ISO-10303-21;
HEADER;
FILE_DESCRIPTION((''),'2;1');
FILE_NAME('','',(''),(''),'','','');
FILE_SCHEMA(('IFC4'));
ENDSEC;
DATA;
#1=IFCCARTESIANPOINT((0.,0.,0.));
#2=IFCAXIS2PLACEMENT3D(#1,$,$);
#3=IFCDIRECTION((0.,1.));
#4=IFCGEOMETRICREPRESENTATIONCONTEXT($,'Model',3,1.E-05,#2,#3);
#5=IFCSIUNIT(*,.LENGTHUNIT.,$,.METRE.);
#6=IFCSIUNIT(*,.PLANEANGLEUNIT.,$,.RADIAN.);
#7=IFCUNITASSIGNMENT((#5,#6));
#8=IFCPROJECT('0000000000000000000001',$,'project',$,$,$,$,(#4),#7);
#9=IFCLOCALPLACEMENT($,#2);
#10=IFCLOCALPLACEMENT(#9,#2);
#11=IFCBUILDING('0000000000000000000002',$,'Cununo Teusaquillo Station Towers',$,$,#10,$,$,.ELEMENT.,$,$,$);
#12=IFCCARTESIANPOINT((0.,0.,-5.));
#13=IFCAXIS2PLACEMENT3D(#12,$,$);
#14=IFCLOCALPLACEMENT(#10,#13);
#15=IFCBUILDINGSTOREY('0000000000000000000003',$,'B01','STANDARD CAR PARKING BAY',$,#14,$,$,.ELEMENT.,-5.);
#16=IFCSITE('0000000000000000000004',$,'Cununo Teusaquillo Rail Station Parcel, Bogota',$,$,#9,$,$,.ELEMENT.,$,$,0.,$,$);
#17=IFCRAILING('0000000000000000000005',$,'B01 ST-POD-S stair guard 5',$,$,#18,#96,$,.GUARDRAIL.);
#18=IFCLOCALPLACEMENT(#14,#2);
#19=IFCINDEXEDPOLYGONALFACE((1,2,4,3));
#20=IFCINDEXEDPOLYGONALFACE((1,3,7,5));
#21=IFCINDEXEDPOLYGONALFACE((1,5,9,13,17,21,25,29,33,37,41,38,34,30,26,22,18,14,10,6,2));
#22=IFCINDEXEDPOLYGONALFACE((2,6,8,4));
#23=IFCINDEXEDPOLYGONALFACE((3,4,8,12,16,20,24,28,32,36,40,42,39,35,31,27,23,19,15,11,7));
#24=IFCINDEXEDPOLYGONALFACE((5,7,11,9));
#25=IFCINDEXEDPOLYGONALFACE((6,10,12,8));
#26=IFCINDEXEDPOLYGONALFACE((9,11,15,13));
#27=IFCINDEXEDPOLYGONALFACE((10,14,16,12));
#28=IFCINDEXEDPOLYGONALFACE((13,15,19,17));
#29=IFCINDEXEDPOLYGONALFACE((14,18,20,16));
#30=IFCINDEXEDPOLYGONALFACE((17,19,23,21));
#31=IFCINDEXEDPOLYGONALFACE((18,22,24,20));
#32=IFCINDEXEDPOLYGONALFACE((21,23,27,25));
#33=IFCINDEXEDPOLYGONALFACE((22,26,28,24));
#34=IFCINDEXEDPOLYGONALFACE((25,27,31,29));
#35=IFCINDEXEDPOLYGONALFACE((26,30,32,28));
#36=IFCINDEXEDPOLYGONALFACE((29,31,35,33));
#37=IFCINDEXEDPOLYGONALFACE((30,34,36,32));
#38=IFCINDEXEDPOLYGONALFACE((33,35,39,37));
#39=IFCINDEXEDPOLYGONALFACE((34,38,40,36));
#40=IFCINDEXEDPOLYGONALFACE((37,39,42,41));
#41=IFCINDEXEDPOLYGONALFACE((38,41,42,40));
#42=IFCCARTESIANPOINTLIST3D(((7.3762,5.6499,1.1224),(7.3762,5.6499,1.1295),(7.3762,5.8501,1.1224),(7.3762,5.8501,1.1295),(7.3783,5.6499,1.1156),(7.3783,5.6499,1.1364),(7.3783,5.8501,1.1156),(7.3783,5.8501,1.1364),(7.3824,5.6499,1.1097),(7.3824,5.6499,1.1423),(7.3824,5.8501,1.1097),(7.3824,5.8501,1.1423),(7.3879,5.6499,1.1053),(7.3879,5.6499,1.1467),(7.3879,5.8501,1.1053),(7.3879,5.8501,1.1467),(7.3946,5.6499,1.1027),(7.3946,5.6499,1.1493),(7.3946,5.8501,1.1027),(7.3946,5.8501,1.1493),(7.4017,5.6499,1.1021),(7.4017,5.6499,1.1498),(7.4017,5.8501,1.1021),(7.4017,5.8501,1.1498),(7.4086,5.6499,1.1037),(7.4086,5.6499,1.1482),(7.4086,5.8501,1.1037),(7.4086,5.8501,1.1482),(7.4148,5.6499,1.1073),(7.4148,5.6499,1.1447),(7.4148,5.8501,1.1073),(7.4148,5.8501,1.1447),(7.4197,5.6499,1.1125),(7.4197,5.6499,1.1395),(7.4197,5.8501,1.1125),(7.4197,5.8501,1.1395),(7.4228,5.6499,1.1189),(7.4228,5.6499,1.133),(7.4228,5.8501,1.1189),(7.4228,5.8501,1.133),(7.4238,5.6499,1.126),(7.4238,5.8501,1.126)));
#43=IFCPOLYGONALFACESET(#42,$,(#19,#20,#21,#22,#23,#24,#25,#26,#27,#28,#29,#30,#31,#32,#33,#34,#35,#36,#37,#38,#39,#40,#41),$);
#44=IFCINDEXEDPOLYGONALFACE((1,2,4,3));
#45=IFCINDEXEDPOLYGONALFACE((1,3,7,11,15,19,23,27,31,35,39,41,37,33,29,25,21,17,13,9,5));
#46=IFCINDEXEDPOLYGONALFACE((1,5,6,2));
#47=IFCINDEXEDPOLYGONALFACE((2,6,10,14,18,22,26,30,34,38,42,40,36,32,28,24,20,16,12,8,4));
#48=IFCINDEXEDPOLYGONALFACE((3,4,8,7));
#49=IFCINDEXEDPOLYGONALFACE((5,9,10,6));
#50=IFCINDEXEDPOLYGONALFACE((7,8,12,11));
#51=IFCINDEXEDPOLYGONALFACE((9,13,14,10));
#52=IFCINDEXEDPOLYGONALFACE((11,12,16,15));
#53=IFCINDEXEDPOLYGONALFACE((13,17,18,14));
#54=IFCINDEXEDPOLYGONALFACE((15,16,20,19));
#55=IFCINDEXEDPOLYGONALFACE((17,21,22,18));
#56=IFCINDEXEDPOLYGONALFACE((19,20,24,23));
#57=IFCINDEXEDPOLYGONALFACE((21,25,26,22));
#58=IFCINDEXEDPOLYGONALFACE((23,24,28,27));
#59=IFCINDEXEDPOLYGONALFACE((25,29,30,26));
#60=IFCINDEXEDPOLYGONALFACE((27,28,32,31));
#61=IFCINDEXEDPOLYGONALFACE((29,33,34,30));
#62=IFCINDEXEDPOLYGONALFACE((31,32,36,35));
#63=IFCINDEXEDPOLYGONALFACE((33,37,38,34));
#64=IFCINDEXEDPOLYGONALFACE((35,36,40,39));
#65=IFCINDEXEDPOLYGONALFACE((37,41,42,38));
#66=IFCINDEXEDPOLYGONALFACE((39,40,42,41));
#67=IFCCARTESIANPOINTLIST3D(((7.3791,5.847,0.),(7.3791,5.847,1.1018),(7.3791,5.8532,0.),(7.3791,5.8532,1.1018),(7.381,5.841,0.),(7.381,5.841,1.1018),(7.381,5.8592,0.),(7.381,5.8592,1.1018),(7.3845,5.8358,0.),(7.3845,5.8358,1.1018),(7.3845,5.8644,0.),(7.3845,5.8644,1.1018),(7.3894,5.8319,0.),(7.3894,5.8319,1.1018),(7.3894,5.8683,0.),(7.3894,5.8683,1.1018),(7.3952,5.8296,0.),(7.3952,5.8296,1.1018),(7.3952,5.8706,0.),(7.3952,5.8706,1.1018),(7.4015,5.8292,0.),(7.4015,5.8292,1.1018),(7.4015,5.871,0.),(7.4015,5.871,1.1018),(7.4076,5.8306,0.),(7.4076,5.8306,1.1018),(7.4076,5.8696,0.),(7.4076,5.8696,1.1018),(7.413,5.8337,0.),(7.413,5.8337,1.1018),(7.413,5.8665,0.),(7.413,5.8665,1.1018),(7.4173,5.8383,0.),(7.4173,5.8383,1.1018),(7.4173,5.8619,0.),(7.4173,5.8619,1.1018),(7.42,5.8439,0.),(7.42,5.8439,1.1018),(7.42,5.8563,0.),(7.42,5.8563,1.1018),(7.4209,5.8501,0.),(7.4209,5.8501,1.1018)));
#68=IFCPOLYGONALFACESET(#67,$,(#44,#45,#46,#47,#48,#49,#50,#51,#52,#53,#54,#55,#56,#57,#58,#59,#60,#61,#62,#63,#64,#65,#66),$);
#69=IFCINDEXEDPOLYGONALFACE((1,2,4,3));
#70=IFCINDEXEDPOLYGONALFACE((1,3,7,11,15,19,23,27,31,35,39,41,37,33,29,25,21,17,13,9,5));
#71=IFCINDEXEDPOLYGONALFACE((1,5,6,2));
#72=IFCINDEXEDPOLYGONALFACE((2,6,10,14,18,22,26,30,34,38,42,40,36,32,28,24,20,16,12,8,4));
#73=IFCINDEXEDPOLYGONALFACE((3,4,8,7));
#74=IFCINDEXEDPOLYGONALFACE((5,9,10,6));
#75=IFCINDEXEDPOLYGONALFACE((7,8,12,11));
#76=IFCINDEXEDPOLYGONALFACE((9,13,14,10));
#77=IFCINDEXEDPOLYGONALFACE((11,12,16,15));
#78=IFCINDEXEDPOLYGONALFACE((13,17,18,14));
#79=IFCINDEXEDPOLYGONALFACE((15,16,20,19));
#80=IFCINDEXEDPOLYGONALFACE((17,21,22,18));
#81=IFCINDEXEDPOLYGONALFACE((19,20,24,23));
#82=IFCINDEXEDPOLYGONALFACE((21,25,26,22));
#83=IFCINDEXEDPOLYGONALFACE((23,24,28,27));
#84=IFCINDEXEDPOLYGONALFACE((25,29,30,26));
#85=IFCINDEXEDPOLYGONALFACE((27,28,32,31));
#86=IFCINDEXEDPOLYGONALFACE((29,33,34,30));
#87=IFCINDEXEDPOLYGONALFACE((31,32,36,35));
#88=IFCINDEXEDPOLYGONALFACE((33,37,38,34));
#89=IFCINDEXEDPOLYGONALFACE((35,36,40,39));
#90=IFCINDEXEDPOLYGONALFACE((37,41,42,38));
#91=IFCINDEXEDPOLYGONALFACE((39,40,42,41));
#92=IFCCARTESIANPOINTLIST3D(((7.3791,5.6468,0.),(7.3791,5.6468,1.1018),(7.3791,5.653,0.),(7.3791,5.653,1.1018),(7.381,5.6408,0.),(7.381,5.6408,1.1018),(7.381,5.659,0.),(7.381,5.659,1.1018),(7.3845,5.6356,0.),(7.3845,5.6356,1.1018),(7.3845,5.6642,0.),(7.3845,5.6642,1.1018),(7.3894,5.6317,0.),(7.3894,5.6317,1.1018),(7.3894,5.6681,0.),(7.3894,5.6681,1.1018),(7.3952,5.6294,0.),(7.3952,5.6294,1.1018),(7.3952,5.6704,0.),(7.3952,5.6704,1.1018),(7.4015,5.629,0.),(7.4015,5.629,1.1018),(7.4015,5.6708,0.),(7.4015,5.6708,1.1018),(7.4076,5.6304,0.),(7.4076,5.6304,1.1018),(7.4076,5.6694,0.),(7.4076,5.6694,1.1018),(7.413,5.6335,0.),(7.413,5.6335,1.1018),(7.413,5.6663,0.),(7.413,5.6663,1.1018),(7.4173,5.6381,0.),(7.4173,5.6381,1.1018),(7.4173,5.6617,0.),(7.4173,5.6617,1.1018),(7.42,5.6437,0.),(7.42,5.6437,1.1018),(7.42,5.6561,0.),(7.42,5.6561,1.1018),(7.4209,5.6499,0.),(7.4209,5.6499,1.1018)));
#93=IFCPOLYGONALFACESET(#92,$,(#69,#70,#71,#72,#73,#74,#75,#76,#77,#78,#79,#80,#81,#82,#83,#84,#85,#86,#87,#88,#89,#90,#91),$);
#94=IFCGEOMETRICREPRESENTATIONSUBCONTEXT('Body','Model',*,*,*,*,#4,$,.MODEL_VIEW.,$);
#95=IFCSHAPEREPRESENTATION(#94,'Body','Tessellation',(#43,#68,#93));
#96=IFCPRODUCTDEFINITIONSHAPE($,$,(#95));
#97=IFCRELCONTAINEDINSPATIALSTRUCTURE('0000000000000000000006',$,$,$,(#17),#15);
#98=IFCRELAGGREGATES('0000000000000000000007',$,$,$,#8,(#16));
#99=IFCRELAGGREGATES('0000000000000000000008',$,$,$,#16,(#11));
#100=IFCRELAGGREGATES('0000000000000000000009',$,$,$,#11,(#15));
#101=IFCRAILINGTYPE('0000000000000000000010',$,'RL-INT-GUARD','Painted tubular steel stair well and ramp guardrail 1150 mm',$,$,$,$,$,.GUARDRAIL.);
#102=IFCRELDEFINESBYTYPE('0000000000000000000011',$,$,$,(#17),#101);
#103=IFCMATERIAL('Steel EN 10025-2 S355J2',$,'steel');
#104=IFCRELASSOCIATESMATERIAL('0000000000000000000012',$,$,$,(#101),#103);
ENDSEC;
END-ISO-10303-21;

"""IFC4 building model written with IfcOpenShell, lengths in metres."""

from ifc_helpers import new_model, si_unit, direction, frame, origin, origin_2d, place, context, subcontext, project, spatial, circle, extrude, material, type_object, element, save


model = new_model("IFC4")

# Units and contexts
model_context = context("Model", 3, precision=1e-05, world=origin(), true_north=direction((0.0, 1.0)))
body_context = subcontext(model_context, "Body", "Model", "MODEL_VIEW")
ifc_project = project(units=[si_unit("LENGTHUNIT", "METRE"), si_unit("PLANEANGLEUNIT", "RADIAN")], contexts=[model_context])

# Site, building, storey
site_placement = place(None, origin())
site = spatial("IfcSite", under=ifc_project, at=site_placement, Name="Cununo Teusaquillo Rail Station Parcel, Bogota", CompositionType="ELEMENT", RefElevation=0.0)
building_placement = place(site_placement, origin())
building = spatial("IfcBuilding", under=site, at=building_placement, Name="Cununo Teusaquillo Station Towers", CompositionType="ELEMENT")
storey_placement = place(building_placement, frame((0.0, 0.0, -5.0)))
storey = spatial("IfcBuildingStorey", under=building, at=storey_placement, Name="B01", Description="STANDARD CAR PARKING BAY", CompositionType="ELEMENT", Elevation=-5.0)

# Railing
ifc_material_1 = material(Name="Steel EN 10025-2 S355J2", Category="steel")
railing_type_1 = type_object("IfcRailingType", Name="RL-INT-GUARD", Description="Painted tubular steel stair well and ramp guardrail 1150 mm", PredefinedType="GUARDRAIL", material=ifc_material_1)
railing_1_placement = place(storey_placement, frame((7.3999, 5.8501, 0.0)))
element("IfcRailing", 1, at=railing_1_placement, inside=storey, type_object=railing_type_1, Name="B01 ST-POD-S stair guard 5", PredefinedType="GUARDRAIL", context=body_context, shape_type="SweptSolid", body=[
    extrude(circle(Radius=0.0239, at=origin_2d()), frame((0.0, 0.0, 1.126), z_axis=(0.0, -1.0, 0.0), x_axis=(1.0, 0.0, 0.0)), (0.0, 0.0, 1.0), 0.2002),
    extrude(circle(Radius=0.021, at=origin_2d()), origin(), (0.0, 0.0, 1.0), 1.1018),
    extrude(circle(Radius=0.021, at=origin_2d()), frame((0.0, -0.2002, 0.0)), (0.0, 0.0, 1.0), 1.1018),
])

save(model, "model.ifc")
